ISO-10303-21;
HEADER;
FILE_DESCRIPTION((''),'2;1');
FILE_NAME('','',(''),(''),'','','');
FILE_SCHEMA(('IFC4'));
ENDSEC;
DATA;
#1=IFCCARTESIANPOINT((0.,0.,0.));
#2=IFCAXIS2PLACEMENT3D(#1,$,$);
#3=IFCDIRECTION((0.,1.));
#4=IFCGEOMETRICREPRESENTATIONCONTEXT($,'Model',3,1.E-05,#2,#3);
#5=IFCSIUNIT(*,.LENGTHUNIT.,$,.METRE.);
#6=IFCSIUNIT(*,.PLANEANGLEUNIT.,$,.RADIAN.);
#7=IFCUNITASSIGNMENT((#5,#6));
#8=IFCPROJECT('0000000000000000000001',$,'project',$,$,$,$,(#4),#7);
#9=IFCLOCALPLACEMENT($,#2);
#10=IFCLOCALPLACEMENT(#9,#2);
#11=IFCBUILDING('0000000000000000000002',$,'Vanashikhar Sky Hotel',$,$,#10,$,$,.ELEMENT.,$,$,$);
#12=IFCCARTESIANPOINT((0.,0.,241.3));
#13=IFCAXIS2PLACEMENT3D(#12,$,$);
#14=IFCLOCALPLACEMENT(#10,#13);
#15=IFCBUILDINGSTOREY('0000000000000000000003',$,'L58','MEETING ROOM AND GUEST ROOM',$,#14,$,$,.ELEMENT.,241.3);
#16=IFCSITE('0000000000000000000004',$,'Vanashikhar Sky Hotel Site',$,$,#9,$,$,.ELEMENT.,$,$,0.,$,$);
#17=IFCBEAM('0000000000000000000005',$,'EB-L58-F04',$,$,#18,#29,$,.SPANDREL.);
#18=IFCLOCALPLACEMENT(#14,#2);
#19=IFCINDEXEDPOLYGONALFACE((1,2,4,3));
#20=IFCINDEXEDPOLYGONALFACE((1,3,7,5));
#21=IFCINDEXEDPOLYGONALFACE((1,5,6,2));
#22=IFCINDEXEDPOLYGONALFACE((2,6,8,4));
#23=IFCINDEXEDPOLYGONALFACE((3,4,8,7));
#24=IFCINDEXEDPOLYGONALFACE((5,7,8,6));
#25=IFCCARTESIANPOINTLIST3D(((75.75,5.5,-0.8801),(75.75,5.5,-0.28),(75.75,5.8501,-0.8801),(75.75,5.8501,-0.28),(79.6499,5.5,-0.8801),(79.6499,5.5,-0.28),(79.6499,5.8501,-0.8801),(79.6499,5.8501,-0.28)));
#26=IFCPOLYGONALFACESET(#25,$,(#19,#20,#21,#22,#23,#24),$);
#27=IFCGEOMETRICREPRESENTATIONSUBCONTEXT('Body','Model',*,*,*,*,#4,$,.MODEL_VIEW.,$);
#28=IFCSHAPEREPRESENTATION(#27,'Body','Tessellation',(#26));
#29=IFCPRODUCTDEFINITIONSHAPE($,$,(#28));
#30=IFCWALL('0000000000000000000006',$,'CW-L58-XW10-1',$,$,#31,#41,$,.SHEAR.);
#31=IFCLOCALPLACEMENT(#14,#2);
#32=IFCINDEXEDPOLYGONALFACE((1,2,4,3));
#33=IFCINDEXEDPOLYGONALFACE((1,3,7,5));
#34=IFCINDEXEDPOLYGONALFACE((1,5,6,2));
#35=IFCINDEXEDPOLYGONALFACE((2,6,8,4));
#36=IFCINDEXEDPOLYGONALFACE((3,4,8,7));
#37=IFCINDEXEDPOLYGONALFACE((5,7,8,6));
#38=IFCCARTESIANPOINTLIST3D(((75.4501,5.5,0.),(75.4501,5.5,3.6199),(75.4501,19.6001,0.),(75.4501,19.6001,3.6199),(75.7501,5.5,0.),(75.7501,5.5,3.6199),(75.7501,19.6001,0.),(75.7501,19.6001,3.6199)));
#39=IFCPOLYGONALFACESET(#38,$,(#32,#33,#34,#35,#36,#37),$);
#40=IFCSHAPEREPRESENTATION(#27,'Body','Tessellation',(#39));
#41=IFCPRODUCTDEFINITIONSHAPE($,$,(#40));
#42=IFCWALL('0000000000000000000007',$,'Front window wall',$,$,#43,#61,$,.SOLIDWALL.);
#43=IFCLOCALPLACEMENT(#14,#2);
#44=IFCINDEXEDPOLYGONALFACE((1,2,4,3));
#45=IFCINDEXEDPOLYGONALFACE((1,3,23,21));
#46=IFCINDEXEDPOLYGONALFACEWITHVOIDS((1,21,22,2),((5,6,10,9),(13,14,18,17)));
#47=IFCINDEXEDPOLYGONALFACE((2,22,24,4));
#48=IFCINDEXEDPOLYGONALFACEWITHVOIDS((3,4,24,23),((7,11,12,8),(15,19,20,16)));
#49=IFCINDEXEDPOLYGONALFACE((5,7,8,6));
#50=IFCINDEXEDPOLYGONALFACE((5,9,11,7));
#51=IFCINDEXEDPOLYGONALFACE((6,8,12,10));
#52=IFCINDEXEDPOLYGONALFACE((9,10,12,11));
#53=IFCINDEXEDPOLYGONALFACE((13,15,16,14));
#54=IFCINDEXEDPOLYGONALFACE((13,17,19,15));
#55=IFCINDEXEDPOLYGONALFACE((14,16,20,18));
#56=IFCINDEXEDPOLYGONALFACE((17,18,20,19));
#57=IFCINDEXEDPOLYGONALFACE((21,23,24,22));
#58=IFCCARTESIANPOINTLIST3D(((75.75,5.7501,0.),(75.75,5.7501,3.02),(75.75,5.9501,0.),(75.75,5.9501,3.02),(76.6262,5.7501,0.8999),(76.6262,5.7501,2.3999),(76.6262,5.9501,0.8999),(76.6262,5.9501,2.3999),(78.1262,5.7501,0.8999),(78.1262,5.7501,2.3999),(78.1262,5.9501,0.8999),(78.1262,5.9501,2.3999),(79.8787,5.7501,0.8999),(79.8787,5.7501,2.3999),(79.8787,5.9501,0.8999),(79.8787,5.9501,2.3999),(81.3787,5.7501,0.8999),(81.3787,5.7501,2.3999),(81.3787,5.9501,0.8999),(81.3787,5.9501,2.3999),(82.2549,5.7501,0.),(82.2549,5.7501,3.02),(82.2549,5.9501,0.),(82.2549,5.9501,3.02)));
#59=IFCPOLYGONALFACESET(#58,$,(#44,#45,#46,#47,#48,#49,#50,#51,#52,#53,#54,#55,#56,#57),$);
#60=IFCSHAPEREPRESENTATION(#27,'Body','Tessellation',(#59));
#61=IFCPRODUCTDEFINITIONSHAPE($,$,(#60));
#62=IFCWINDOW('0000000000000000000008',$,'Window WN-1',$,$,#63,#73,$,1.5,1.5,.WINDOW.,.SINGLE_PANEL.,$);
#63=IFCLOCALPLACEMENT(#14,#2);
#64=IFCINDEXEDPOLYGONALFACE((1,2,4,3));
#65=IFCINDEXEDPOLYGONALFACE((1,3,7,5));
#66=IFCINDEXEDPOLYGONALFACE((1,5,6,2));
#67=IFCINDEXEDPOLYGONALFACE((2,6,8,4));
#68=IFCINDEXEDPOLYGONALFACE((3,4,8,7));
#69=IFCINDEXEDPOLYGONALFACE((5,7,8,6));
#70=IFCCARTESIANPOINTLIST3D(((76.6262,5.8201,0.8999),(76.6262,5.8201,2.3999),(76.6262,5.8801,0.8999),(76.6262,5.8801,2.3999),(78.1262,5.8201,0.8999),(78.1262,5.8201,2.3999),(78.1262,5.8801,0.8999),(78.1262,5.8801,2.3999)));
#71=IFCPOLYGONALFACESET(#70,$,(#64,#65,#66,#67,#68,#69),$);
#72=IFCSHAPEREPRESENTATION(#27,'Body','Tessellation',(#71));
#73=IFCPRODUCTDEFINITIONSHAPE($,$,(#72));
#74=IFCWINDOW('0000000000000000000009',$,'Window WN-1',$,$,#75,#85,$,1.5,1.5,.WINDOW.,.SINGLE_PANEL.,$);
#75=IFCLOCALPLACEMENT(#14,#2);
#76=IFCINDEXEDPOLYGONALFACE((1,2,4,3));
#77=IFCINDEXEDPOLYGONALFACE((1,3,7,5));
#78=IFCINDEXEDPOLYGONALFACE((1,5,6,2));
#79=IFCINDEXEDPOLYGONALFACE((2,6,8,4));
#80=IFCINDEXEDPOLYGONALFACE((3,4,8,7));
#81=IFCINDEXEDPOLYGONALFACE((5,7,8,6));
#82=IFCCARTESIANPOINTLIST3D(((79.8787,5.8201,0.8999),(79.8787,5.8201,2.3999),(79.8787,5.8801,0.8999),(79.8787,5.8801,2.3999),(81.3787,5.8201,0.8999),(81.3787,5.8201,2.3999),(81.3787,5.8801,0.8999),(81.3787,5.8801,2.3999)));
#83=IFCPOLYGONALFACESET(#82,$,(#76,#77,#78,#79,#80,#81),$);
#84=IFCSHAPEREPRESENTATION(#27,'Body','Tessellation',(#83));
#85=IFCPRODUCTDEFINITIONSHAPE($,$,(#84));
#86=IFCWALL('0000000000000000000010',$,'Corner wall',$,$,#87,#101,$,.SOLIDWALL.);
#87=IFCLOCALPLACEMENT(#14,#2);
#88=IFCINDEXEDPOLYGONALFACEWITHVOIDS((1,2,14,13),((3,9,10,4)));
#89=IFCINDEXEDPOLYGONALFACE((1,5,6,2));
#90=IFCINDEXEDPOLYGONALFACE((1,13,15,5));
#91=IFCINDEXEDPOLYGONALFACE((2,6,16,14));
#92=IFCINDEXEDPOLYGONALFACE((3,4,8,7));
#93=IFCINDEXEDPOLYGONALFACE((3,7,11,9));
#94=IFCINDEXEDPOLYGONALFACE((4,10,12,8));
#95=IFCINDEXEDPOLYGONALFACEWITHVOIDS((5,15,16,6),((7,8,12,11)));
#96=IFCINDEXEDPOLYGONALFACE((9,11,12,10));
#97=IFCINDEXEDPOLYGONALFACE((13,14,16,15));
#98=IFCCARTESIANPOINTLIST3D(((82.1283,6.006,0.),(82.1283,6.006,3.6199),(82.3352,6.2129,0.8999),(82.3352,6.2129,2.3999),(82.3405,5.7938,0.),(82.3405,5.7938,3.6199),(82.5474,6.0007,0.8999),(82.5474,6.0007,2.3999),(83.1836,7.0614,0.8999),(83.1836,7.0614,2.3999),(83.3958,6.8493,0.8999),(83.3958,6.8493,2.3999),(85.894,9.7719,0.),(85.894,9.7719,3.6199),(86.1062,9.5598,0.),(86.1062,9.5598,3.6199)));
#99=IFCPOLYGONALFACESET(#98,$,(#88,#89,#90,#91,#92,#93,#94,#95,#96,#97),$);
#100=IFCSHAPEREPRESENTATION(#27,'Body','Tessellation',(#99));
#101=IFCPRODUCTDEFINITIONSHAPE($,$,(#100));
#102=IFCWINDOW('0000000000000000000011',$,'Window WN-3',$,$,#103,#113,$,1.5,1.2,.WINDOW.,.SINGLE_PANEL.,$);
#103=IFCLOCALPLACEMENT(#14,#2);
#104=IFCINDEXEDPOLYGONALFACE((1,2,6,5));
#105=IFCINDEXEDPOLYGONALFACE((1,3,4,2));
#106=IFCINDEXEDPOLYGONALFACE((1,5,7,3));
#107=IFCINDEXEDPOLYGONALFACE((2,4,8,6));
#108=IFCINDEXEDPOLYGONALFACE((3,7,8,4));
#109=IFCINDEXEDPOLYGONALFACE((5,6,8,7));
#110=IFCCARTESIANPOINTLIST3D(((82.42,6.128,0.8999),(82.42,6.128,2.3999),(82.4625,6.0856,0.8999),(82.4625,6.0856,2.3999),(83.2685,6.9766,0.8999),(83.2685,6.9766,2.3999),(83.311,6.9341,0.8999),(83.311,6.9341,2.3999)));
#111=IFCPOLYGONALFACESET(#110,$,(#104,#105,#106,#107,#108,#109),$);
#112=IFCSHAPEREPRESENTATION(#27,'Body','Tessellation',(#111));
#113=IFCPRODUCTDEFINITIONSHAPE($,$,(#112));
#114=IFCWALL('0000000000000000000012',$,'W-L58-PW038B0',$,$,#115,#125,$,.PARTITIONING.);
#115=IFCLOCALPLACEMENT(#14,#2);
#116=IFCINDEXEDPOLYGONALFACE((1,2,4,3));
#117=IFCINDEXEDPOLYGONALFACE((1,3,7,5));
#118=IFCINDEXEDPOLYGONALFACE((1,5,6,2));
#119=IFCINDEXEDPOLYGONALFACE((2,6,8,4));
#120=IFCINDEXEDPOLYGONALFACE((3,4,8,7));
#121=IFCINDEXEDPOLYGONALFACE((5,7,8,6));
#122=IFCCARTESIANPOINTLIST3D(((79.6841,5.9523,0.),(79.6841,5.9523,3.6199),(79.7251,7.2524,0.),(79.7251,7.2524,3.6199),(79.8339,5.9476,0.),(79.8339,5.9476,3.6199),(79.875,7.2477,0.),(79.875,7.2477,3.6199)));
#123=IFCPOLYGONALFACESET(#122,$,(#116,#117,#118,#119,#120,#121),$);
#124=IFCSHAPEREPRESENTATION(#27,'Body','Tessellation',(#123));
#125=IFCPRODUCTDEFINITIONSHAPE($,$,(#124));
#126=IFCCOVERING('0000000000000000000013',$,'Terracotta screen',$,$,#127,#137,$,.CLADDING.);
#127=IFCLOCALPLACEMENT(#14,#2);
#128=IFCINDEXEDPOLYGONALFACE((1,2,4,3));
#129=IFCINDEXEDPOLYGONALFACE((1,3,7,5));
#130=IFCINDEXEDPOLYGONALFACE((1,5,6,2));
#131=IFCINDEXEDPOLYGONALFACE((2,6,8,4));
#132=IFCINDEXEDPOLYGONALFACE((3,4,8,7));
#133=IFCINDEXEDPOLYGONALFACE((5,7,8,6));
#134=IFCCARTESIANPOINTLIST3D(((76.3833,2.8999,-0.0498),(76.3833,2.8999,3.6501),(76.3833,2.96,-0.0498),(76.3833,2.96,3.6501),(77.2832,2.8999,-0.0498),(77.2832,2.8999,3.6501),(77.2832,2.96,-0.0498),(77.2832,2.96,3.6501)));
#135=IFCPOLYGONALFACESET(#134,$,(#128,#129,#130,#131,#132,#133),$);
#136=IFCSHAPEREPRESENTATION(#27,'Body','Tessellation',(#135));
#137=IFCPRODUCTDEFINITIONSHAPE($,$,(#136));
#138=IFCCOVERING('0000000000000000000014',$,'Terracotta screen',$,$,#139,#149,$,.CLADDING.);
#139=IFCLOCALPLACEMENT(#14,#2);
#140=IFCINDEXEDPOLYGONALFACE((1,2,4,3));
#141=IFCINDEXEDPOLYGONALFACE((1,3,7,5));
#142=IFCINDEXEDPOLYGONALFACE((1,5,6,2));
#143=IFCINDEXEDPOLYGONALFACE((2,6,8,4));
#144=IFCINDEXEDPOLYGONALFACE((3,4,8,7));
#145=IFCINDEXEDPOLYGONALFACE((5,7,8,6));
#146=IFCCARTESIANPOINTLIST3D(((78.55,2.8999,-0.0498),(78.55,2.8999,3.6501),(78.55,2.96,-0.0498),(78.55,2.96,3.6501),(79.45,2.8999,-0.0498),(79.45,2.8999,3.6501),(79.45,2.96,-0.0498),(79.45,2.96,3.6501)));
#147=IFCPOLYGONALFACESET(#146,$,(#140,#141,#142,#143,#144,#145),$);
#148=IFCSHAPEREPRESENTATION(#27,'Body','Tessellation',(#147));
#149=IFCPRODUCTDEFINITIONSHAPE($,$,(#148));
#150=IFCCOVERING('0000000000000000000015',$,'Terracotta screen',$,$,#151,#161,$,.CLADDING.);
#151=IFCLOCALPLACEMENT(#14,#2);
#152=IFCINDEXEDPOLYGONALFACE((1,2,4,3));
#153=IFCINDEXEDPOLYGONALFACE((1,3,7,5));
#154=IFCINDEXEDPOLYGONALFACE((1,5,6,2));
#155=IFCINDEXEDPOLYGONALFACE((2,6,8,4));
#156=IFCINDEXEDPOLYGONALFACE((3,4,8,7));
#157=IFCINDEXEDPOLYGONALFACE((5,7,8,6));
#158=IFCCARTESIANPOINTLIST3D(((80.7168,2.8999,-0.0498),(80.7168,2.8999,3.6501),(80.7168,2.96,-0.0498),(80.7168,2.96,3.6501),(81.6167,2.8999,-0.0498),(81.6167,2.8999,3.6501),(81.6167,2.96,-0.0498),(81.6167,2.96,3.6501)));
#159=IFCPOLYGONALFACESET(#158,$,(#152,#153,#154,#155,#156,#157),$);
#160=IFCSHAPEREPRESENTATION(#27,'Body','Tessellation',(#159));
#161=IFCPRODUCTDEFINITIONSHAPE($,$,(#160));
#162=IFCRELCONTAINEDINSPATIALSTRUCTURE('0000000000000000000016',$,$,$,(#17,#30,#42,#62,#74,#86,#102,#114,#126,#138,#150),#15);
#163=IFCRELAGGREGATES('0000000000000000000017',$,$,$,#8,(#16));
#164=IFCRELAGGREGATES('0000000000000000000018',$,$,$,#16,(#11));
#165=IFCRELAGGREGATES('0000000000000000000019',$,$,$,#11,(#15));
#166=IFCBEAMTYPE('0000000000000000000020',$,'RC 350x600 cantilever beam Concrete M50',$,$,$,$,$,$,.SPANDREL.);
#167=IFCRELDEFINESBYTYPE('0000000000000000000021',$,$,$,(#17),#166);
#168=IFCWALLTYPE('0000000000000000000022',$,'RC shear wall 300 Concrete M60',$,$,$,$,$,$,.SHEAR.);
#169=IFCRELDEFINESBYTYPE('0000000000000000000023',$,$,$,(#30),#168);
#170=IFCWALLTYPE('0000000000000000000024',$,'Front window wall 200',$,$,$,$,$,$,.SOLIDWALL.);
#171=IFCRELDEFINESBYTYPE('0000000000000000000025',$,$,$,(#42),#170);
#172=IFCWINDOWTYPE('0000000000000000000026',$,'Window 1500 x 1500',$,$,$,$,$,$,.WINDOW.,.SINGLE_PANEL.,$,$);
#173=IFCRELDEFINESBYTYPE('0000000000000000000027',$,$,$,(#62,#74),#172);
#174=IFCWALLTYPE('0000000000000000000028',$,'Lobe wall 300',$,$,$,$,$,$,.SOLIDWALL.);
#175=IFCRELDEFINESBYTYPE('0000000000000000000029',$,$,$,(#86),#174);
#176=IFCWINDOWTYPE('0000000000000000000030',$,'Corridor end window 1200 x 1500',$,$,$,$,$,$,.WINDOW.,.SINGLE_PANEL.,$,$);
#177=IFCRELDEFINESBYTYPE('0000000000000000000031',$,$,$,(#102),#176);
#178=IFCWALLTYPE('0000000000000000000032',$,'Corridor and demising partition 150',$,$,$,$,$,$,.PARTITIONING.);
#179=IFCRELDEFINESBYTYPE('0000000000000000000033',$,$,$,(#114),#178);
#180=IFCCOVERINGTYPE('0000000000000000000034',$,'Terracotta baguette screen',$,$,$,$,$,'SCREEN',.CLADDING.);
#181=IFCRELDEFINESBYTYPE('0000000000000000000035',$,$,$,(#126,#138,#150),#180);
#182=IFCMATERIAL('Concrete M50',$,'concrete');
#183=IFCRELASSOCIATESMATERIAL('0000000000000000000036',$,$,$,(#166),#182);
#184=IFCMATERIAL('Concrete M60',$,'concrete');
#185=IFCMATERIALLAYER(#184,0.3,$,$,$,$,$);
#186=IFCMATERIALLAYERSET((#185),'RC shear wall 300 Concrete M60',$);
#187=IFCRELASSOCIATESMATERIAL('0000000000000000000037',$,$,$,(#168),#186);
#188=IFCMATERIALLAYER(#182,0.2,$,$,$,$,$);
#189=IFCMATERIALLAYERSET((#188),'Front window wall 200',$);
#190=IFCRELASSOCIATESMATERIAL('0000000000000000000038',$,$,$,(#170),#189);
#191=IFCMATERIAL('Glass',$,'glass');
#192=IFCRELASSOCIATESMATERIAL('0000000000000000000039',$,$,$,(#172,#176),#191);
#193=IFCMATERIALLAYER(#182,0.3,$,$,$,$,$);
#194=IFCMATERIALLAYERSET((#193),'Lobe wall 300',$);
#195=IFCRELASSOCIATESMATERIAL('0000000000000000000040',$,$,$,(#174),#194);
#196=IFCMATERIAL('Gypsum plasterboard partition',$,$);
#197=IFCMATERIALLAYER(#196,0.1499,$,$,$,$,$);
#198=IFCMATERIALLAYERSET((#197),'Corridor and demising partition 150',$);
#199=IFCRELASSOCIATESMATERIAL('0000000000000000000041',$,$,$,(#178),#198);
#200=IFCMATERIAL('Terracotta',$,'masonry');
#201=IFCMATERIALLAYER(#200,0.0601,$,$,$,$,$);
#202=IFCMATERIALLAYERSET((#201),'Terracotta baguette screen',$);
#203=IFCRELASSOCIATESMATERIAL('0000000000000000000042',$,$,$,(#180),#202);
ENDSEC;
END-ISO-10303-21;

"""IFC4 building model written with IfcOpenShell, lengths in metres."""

from ifc_helpers import new_model, si_unit, direction, frame, frame_2d, origin, origin_2d, place, context, subcontext, project, spatial, rectangle, extrude, source, transform, mapped, material, layer, layer_set, material_profile, profile_set, type_object, element, fill, save


model = new_model("IFC4")

# Units and contexts
model_context = context("Model", 3, precision=1e-05, world=origin(), true_north=direction((0.0, 1.0)))
body_context = subcontext(model_context, "Body", "Model", "MODEL_VIEW")
ifc_project = project(units=[si_unit("LENGTHUNIT", "METRE"), si_unit("PLANEANGLEUNIT", "RADIAN")], contexts=[model_context])

# Site, building, storey
site_placement = place(None, origin())
site = spatial("IfcSite", under=ifc_project, at=site_placement, Name="Vanashikhar Sky Hotel Site", CompositionType="ELEMENT", RefElevation=0.0)
building_placement = place(site_placement, origin())
building = spatial("IfcBuilding", under=site, at=building_placement, Name="Vanashikhar Sky Hotel", CompositionType="ELEMENT")
storey_placement = place(building_placement, frame((0.0, 0.0, 241.3)))
storey = spatial("IfcBuildingStorey", under=building, at=storey_placement, Name="L58", Description="MEETING ROOM AND GUEST ROOM", CompositionType="ELEMENT", Elevation=241.3)

# Beam
ifc_material_1 = material(Name="Concrete M50", Category="concrete")
ifc_material_profile = material_profile(ifc_material_1, rectangle(XDim=0.3501, YDim=0.6001, at=origin_2d()))
ifc_profile_set = profile_set([ifc_material_profile], Name="RC 350x600 cantilever beam Concrete M50")
beam_type = type_object("IfcBeamType", Name="RC 350x600 cantilever beam Concrete M50", PredefinedType="SPANDREL", material=ifc_profile_set)
shared_shape_1 = source(origin(), body_context, "Body", "SweptSolid", [
    extrude(rectangle(XDim=0.3501, YDim=0.6001, at=origin_2d()), origin(), (0.0, 0.0, 1.0), 3.8999),
])
beam_placement = place(storey_placement, frame((75.75, 5.675, -0.5801), z_axis=(1.0, 0.0, 0.0), x_axis=(0.0, 1.0, 0.0)))
element("IfcBeam", 1, at=beam_placement, inside=storey, type_object=beam_type, Name="EB-L58-F04", PredefinedType="SPANDREL", context=body_context, shape_type="MappedRepresentation", body=[
    mapped(shared_shape_1, transform((0.0, 0.0, 0.0), scale=1.0)),
])

# Wall
ifc_material_2 = material(Name="Concrete M60", Category="concrete")
ifc_layer_1 = layer(ifc_material_2, 0.3)
ifc_layer_set_1 = layer_set([ifc_layer_1], Name="RC shear wall 300 Concrete M60")
wall_type_1 = type_object("IfcWallType", Name="RC shear wall 300 Concrete M60", PredefinedType="SHEAR", material=ifc_layer_set_1)
shared_shape_2 = source(origin(), body_context, "Body", "SweptSolid", [
    extrude(rectangle(XDim=14.1001, YDim=0.3, at=frame_2d((7.05, 0.0))), origin(), (0.0, 0.0, 1.0), 3.6199),
])
wall_1_placement = place(storey_placement, frame((75.6001, 5.5, 0.0), z_axis=(0.0, 0.0, 1.0), x_axis=(0.0, 1.0, 0.0)))
element("IfcWall", 2, at=wall_1_placement, inside=storey, type_object=wall_type_1, Name="CW-L58-XW10-1", PredefinedType="SHEAR", context=body_context, shape_type="MappedRepresentation", body=[
    mapped(shared_shape_2, transform((0.0, 0.0, 0.0), scale=1.0)),
])

# Wall, openings, windows
ifc_layer_2 = layer(ifc_material_1, 0.2)
ifc_layer_set_2 = layer_set([ifc_layer_2], Name="Front window wall 200")
wall_type_2 = type_object("IfcWallType", Name="Front window wall 200", PredefinedType="SOLIDWALL", material=ifc_layer_set_2)
shared_shape_3 = source(origin(), body_context, "Body", "SweptSolid", [
    extrude(rectangle(XDim=6.5049, YDim=0.2, at=frame_2d((3.2524, 0.0))), origin(), (0.0, 0.0, 1.0), 3.02),
])
wall_2_placement = place(storey_placement, frame((75.75, 5.8501, 0.0), z_axis=(0.0, 0.0, 1.0), x_axis=(1.0, 0.0, 0.0)))
wall_2 = element("IfcWall", 3, at=wall_2_placement, inside=storey, type_object=wall_type_2, Name="Front window wall", PredefinedType="SOLIDWALL", context=body_context, shape_type="MappedRepresentation", body=[
    mapped(shared_shape_3, transform((0.0, 0.0, 0.0), scale=1.0)),
])
shared_shape_4 = source(origin(), body_context, "Body", "SweptSolid", [
    extrude(rectangle(XDim=1.5, YDim=1.5, at=frame_2d((0.75, 0.75))), frame((0.0, 0.1099, 0.0), z_axis=(0.0, -1.0, 0.0), x_axis=(1.0, 0.0, 0.0)), (0.0, 0.0, 1.0), 0.22),
])
opening_1_placement = place(wall_2_placement, frame((0.8762, 0.0, 0.8999)))
opening_1 = element("IfcOpeningElement", 4, at=opening_1_placement, cuts=wall_2, PredefinedType="OPENING", context=body_context, shape_type="MappedRepresentation", body=[
    mapped(shared_shape_4, transform((0.0, 0.0, 0.0), scale=1.0)),
])
opening_2_placement = place(wall_2_placement, frame((4.1287, 0.0, 0.8999)))
opening_2 = element("IfcOpeningElement", 5, at=opening_2_placement, cuts=wall_2, PredefinedType="OPENING", context=body_context, shape_type="MappedRepresentation", body=[
    mapped(shared_shape_4, transform((0.0, 0.0, 0.0), scale=1.0)),
])
ifc_material_3 = material(Name="Glass", Category="glass")
window_type_1 = type_object("IfcWindowType", Name="Window 1500 x 1500", PartitioningType="SINGLE_PANEL", PredefinedType="WINDOW", material=ifc_material_3)
shared_shape_5 = source(origin(), body_context, "Body", "SweptSolid", [
    extrude(rectangle(XDim=1.5, YDim=1.5, at=frame_2d((0.75, 0.75))), frame((0.0, 0.03, 0.0), z_axis=(0.0, -1.0, 0.0), x_axis=(1.0, 0.0, 0.0)), (0.0, 0.0, 1.0), 0.0601),
])
window_1_placement = place(opening_1_placement, origin())
window_1 = element("IfcWindow", 6, at=window_1_placement, inside=storey, type_object=window_type_1, Name="Window WN-1", OverallHeight=1.5, OverallWidth=1.5, PartitioningType="SINGLE_PANEL", PredefinedType="WINDOW", context=body_context, shape_type="MappedRepresentation", body=[
    mapped(shared_shape_5, transform((0.0, 0.0, 0.0), scale=1.0)),
])
fill(opening_1, window_1)
window_2_placement = place(opening_2_placement, origin())
window_2 = element("IfcWindow", 7, at=window_2_placement, inside=storey, type_object=window_type_1, Name="Window WN-1", OverallHeight=1.5, OverallWidth=1.5, PartitioningType="SINGLE_PANEL", PredefinedType="WINDOW", context=body_context, shape_type="MappedRepresentation", body=[
    mapped(shared_shape_5, transform((0.0, 0.0, 0.0), scale=1.0)),
])
fill(opening_2, window_2)

# Wall, opening, window
ifc_layer_3 = layer(ifc_material_1, 0.3)
ifc_layer_set_3 = layer_set([ifc_layer_3], Name="Lobe wall 300")
wall_type_3 = type_object("IfcWallType", Name="Lobe wall 300", PredefinedType="SOLIDWALL", material=ifc_layer_set_3)
shared_shape_6 = source(origin(), body_context, "Body", "SweptSolid", [
    extrude(rectangle(XDim=5.3257, YDim=0.3, at=frame_2d((2.6628, 0.0))), origin(), (0.0, 0.0, 1.0), 3.6199),
])
wall_3_placement = place(storey_placement, frame((82.2344, 5.8999, 0.0), z_axis=(0.0, 0.0, 1.0), x_axis=(0.707084, 0.70713, 0.0)))
wall_3 = element("IfcWall", 8, at=wall_3_placement, inside=storey, type_object=wall_type_3, Name="Corner wall", PredefinedType="SOLIDWALL", context=body_context, shape_type="MappedRepresentation", body=[
    mapped(shared_shape_6, transform((0.0, 0.0, 0.0), scale=1.0)),
])
shared_shape_7 = source(origin(), body_context, "Body", "SweptSolid", [
    extrude(rectangle(XDim=1.2, YDim=1.5, at=frame_2d((0.6001, 0.75))), frame((0.0, 0.1602, 0.0), z_axis=(0.0, -1.0, 0.0), x_axis=(1.0, 0.0, 0.0)), (0.0, 0.0, 1.0), 0.3201),
])
opening_3_placement = place(wall_3_placement, frame((0.2925, 0.0, 0.8999)))
opening_3 = element("IfcOpeningElement", 9, at=opening_3_placement, cuts=wall_3, PredefinedType="OPENING", context=body_context, shape_type="MappedRepresentation", body=[
    mapped(shared_shape_7, transform((0.0, 0.0, 0.0), scale=1.0)),
])
window_type_2 = type_object("IfcWindowType", Name="Corridor end window 1200 x 1500", PartitioningType="SINGLE_PANEL", PredefinedType="WINDOW", material=ifc_material_3)
shared_shape_8 = source(origin(), body_context, "Body", "SweptSolid", [
    extrude(rectangle(XDim=1.2, YDim=1.5, at=frame_2d((0.6001, 0.75))), frame((0.0, 0.03, 0.0), z_axis=(0.0, -1.0, 0.0), x_axis=(1.0, 0.0, 0.0)), (0.0, 0.0, 1.0), 0.0601),
])
window_3_placement = place(opening_3_placement, origin())
window_3 = element("IfcWindow", 10, at=window_3_placement, inside=storey, type_object=window_type_2, Name="Window WN-3", OverallHeight=1.5, OverallWidth=1.2, PartitioningType="SINGLE_PANEL", PredefinedType="WINDOW", context=body_context, shape_type="MappedRepresentation", body=[
    mapped(shared_shape_8, transform((0.0, 0.0, 0.0), scale=1.0)),
])
fill(opening_3, window_3)

# Wall
ifc_material_4 = material(Name="Gypsum plasterboard partition")
ifc_layer_4 = layer(ifc_material_4, 0.1499)
ifc_layer_set_4 = layer_set([ifc_layer_4], Name="Corridor and demising partition 150")
wall_type_4 = type_object("IfcWallType", Name="Corridor and demising partition 150", PredefinedType="PARTITIONING", material=ifc_layer_set_4)
shared_shape_9 = source(origin(), body_context, "Body", "SweptSolid", [
    extrude(rectangle(XDim=1.3008, YDim=0.1499, at=frame_2d((0.6504, 0.0))), origin(), (0.0, 0.0, 1.0), 3.6199),
])
wall_4_placement = place(storey_placement, frame((79.759, 5.95, 0.0), z_axis=(0.0, 0.0, 1.0), x_axis=(0.031534, 0.999503, 0.0)))
element("IfcWall", 11, at=wall_4_placement, inside=storey, type_object=wall_type_4, Name="W-L58-PW038B0", PredefinedType="PARTITIONING", context=body_context, shape_type="MappedRepresentation", body=[
    mapped(shared_shape_9, transform((0.0, 0.0, 0.0), scale=1.0)),
])

# Coverings
ifc_material_5 = material(Name="Terracotta", Category="masonry")
ifc_layer_5 = layer(ifc_material_5, 0.0601)
ifc_layer_set_5 = layer_set([ifc_layer_5], Name="Terracotta baguette screen")
covering_type = type_object("IfcCoveringType", Name="Terracotta baguette screen", ElementType="SCREEN", PredefinedType="CLADDING", material=ifc_layer_set_5)
shared_shape_10 = source(origin(), body_context, "Body", "SweptSolid", [
    extrude(rectangle(XDim=0.8999, YDim=0.0601, at=origin_2d()), origin(), (0.0, 0.0, 1.0), 3.7),
])
for number, where, z_axis, x_axis, name in (
    (12, (76.8333, 2.9299, -0.0498), (0.0, 0.0, 1.0), (1.0, 0.0, 0.0), "Terracotta screen"),
    (13, (79.0, 2.9299, -0.0498), (0.0, 0.0, 1.0), (1.0, 0.0, 0.0), "Terracotta screen"),
    (14, (81.1667, 2.9299, -0.0498), (0.0, 0.0, 1.0), (1.0, 0.0, 0.0), "Terracotta screen"),
):
    element("IfcCovering", number, at=place(storey_placement, frame(where, z_axis=z_axis, x_axis=x_axis)), inside=storey, type_object=covering_type, Name=name, PredefinedType="CLADDING", context=body_context, shape_type="MappedRepresentation", body=[
        mapped(shared_shape_10, transform((0.0, 0.0, 0.0), scale=1.0)),
    ])

save(model, "model.ifc")
